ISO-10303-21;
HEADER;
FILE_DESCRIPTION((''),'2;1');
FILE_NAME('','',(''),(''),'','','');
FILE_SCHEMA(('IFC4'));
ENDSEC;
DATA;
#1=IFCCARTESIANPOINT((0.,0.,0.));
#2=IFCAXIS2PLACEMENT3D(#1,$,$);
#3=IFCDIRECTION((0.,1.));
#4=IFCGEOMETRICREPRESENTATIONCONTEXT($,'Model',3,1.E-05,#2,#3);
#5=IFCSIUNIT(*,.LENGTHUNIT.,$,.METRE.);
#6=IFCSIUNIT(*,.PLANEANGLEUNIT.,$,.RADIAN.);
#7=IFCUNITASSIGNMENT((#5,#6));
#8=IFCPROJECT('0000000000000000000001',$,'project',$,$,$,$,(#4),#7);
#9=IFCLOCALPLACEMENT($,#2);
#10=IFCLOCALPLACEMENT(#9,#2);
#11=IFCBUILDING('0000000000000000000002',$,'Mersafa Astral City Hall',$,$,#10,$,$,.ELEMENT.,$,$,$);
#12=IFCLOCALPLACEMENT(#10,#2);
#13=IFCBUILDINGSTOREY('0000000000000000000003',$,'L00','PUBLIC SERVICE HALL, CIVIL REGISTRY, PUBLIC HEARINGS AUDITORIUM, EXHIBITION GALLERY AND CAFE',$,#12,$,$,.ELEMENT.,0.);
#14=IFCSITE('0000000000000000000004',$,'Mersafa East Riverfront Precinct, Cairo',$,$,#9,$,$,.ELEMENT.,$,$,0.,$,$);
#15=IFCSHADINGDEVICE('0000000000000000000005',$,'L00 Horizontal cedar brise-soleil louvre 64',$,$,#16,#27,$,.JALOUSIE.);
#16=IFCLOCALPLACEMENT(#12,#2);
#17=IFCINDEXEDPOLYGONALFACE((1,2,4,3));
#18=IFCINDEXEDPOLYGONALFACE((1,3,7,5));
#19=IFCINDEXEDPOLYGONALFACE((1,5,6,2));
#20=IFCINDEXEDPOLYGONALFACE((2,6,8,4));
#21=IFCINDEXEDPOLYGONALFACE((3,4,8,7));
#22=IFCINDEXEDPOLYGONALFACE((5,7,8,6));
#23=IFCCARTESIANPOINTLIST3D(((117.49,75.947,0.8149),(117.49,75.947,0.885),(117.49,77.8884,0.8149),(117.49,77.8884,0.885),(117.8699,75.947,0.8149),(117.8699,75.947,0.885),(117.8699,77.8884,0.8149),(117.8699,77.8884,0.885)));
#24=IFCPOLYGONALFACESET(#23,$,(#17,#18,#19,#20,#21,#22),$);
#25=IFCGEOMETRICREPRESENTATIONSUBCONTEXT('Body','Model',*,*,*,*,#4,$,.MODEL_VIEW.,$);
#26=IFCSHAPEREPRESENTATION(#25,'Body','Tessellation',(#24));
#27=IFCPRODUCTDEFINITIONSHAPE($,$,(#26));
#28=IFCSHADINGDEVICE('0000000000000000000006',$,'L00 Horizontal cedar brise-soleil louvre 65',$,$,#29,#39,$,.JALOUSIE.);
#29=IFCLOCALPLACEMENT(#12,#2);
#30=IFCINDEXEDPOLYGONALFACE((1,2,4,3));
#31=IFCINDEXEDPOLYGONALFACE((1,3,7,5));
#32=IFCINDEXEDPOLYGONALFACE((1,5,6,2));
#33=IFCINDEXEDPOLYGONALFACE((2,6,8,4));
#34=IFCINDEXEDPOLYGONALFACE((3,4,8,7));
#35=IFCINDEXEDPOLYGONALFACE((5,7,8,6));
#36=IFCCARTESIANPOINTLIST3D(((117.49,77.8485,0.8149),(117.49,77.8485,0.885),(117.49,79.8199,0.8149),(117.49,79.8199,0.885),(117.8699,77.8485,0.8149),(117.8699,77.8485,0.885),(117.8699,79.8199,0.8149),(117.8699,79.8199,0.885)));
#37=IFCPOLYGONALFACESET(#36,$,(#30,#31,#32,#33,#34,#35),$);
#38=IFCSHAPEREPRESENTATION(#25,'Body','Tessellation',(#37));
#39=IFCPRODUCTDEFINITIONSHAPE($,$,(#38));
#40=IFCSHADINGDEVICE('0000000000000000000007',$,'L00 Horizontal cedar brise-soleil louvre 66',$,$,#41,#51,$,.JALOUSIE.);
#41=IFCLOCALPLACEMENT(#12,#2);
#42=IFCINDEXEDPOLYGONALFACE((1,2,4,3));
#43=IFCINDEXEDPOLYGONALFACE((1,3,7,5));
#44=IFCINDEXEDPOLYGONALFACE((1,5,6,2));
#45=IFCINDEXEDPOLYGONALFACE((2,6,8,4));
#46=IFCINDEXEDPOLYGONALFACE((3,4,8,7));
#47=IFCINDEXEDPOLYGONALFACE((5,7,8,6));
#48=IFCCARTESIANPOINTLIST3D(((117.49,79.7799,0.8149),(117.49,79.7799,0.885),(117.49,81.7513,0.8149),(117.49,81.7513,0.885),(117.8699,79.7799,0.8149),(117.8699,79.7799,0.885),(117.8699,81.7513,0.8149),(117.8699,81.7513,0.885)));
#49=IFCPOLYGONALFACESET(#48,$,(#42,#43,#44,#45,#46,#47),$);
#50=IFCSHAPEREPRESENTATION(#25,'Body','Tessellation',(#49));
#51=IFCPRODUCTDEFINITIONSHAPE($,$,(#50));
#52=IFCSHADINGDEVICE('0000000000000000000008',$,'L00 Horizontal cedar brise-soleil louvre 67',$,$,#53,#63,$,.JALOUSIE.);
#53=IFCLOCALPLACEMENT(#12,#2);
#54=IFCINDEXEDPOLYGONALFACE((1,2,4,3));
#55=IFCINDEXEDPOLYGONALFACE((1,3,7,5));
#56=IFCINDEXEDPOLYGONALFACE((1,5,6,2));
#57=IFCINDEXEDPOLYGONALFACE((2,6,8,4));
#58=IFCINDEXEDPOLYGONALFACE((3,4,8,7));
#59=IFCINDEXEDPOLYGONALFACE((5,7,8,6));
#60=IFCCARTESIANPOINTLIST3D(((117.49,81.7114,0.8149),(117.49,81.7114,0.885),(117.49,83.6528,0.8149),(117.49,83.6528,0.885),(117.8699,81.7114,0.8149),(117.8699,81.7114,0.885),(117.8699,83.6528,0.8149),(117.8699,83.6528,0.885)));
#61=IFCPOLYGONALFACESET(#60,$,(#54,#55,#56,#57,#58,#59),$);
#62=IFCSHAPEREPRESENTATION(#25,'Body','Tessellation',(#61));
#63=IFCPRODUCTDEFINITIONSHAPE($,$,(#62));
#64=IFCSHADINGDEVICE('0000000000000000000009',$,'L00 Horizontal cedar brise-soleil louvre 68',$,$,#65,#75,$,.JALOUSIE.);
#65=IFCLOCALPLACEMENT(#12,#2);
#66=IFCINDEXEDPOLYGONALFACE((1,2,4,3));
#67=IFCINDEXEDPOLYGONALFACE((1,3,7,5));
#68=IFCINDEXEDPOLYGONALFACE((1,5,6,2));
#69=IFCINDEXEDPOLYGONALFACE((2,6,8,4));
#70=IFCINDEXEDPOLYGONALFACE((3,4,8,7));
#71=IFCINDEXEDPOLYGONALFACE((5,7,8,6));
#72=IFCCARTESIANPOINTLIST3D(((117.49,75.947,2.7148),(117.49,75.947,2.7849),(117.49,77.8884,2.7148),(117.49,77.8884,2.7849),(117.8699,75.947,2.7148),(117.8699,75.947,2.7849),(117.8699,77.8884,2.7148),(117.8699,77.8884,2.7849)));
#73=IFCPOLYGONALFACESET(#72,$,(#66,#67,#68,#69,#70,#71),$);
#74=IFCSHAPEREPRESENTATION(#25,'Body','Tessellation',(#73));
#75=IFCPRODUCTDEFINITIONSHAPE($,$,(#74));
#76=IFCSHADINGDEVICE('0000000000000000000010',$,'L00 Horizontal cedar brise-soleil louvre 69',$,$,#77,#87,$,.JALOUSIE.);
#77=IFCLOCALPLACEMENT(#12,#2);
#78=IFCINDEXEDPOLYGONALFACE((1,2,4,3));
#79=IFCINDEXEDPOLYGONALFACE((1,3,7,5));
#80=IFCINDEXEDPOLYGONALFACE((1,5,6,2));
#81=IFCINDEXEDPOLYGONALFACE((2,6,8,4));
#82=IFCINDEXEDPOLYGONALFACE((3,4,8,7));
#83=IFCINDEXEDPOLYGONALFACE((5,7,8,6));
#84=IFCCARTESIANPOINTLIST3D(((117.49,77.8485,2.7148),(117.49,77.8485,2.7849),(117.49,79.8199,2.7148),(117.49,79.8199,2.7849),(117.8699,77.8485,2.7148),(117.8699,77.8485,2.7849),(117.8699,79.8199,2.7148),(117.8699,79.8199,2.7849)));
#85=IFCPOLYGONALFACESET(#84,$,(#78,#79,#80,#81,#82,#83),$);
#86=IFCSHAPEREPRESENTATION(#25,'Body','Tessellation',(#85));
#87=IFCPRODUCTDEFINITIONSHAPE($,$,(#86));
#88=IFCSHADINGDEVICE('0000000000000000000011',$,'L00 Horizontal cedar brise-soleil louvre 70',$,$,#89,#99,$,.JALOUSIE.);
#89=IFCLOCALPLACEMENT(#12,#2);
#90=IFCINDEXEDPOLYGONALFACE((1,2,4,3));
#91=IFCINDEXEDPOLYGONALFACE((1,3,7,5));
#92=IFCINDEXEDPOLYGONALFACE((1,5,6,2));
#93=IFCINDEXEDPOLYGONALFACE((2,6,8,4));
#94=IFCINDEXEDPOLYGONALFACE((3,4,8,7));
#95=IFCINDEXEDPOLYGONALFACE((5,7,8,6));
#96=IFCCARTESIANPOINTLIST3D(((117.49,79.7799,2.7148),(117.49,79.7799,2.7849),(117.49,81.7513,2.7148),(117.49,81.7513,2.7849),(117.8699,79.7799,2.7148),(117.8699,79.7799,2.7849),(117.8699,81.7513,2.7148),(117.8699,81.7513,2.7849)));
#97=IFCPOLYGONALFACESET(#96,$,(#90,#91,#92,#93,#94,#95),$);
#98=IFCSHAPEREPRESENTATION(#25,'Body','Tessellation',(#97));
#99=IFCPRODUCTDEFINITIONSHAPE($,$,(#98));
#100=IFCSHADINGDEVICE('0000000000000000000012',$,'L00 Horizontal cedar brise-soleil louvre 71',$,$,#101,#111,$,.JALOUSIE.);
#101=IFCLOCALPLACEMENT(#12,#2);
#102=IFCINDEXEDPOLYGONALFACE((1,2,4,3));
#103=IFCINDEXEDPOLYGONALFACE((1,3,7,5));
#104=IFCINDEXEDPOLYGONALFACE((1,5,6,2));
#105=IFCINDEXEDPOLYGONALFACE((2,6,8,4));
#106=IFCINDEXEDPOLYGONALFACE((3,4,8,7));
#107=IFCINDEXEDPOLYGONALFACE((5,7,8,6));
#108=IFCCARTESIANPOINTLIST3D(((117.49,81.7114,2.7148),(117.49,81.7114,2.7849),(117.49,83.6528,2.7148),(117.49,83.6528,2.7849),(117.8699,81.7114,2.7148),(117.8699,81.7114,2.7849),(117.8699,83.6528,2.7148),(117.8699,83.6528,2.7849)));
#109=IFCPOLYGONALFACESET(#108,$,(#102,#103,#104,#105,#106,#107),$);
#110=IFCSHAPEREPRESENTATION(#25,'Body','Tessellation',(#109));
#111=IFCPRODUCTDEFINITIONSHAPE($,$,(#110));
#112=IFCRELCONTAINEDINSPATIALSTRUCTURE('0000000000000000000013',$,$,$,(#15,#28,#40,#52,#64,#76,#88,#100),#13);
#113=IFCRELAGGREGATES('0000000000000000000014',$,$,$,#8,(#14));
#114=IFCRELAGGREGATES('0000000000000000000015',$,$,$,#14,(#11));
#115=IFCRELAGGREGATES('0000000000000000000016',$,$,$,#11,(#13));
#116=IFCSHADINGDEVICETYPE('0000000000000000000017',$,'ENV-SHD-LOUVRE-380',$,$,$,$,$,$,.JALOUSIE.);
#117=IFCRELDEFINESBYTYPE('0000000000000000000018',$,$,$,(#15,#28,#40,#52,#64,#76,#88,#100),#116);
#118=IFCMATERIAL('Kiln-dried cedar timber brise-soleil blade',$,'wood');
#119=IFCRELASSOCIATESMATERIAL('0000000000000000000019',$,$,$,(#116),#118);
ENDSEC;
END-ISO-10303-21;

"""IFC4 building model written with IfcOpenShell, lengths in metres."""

from ifc_helpers import new_model, si_unit, direction, frame, origin, origin_2d, place, context, subcontext, project, spatial, rectangle, extrude, material, type_object, element, save


model = new_model("IFC4")

# Units and contexts
model_context = context("Model", 3, precision=1e-05, world=origin(), true_north=direction((0.0, 1.0)))
body_context = subcontext(model_context, "Body", "Model", "MODEL_VIEW")
ifc_project = project(units=[si_unit("LENGTHUNIT", "METRE"), si_unit("PLANEANGLEUNIT", "RADIAN")], contexts=[model_context])

# Site, building, storey
site_placement = place(None, origin())
site = spatial("IfcSite", under=ifc_project, at=site_placement, Name="Mersafa East Riverfront Precinct, Cairo", CompositionType="ELEMENT", RefElevation=0.0)
building_placement = place(site_placement, origin())
building = spatial("IfcBuilding", under=site, at=building_placement, Name="Mersafa Astral City Hall", CompositionType="ELEMENT")
storey_placement = place(building_placement, origin())
storey = spatial("IfcBuildingStorey", under=building, at=storey_placement, Name="L00", Description="PUBLIC SERVICE HALL, CIVIL REGISTRY, PUBLIC HEARINGS AUDITORIUM, EXHIBITION GALLERY AND CAFE", CompositionType="ELEMENT", Elevation=0.0)

# Shading devices
ifc_material_1 = material(Name="Kiln-dried cedar timber brise-soleil blade", Category="wood")
shading_device_type_1 = type_object("IfcShadingDeviceType", Name="ENV-SHD-LOUVRE-380", PredefinedType="JALOUSIE", material=ifc_material_1)
shading_device_1_placement = place(storey_placement, frame((117.6799, 76.9177, 0.8149), z_axis=(0.0, 0.0, 1.0), x_axis=(0.0, 1.0, 0.0)))
element("IfcShadingDevice", 1, at=shading_device_1_placement, inside=storey, type_object=shading_device_type_1, Name="L00 Horizontal cedar brise-soleil louvre 64", PredefinedType="JALOUSIE", context=body_context, shape_type="SweptSolid", body=[
    extrude(rectangle(XDim=1.9414, YDim=0.3799, at=origin_2d()), origin(), (0.0, 0.0, 1.0), 0.0701),
])
for number, where, z_axis, x_axis, name in (
    (2, (117.6799, 78.8342, 0.8149), (0.0, 0.0, 1.0), (0.0, 1.0, 0.0), "L00 Horizontal cedar brise-soleil louvre 65"),
    (3, (117.6799, 80.7656, 0.8149), (0.0, 0.0, 1.0), (0.0, 1.0, 0.0), "L00 Horizontal cedar brise-soleil louvre 66"),
):
    element("IfcShadingDevice", number, at=place(storey_placement, frame(where, z_axis=z_axis, x_axis=x_axis)), inside=storey, type_object=shading_device_type_1, Name=name, PredefinedType="JALOUSIE", context=body_context, shape_type="SweptSolid", body=[
        extrude(rectangle(XDim=1.9714, YDim=0.3799, at=origin_2d()), origin(), (0.0, 0.0, 1.0), 0.0701),
    ])
for number, where, z_axis, x_axis, name in (
    (4, (117.6799, 82.6821, 0.8149), (0.0, 0.0, 1.0), (0.0, 1.0, 0.0), "L00 Horizontal cedar brise-soleil louvre 67"),
    (5, (117.6799, 76.9177, 2.7148), (0.0, 0.0, 1.0), (0.0, 1.0, 0.0), "L00 Horizontal cedar brise-soleil louvre 68"),
):
    element("IfcShadingDevice", number, at=place(storey_placement, frame(where, z_axis=z_axis, x_axis=x_axis)), inside=storey, type_object=shading_device_type_1, Name=name, PredefinedType="JALOUSIE", context=body_context, shape_type="SweptSolid", body=[
        extrude(rectangle(XDim=1.9414, YDim=0.3799, at=origin_2d()), origin(), (0.0, 0.0, 1.0), 0.0701),
    ])
for number, where, z_axis, x_axis, name in (
    (6, (117.6799, 78.8342, 2.7148), (0.0, 0.0, 1.0), (0.0, 1.0, 0.0), "L00 Horizontal cedar brise-soleil louvre 69"),
    (7, (117.6799, 80.7656, 2.7148), (0.0, 0.0, 1.0), (0.0, 1.0, 0.0), "L00 Horizontal cedar brise-soleil louvre 70"),
):
    element("IfcShadingDevice", number, at=place(storey_placement, frame(where, z_axis=z_axis, x_axis=x_axis)), inside=storey, type_object=shading_device_type_1, Name=name, PredefinedType="JALOUSIE", context=body_context, shape_type="SweptSolid", body=[
        extrude(rectangle(XDim=1.9714, YDim=0.3799, at=origin_2d()), origin(), (0.0, 0.0, 1.0), 0.0701),
    ])
shading_device_2_placement = place(storey_placement, frame((117.6799, 82.6821, 2.7148), z_axis=(0.0, 0.0, 1.0), x_axis=(0.0, 1.0, 0.0)))
element("IfcShadingDevice", 8, at=shading_device_2_placement, inside=storey, type_object=shading_device_type_1, Name="L00 Horizontal cedar brise-soleil louvre 71", PredefinedType="JALOUSIE", context=body_context, shape_type="SweptSolid", body=[
    extrude(rectangle(XDim=1.9414, YDim=0.3799, at=origin_2d()), origin(), (0.0, 0.0, 1.0), 0.0701),
])

save(model, "model.ifc")
